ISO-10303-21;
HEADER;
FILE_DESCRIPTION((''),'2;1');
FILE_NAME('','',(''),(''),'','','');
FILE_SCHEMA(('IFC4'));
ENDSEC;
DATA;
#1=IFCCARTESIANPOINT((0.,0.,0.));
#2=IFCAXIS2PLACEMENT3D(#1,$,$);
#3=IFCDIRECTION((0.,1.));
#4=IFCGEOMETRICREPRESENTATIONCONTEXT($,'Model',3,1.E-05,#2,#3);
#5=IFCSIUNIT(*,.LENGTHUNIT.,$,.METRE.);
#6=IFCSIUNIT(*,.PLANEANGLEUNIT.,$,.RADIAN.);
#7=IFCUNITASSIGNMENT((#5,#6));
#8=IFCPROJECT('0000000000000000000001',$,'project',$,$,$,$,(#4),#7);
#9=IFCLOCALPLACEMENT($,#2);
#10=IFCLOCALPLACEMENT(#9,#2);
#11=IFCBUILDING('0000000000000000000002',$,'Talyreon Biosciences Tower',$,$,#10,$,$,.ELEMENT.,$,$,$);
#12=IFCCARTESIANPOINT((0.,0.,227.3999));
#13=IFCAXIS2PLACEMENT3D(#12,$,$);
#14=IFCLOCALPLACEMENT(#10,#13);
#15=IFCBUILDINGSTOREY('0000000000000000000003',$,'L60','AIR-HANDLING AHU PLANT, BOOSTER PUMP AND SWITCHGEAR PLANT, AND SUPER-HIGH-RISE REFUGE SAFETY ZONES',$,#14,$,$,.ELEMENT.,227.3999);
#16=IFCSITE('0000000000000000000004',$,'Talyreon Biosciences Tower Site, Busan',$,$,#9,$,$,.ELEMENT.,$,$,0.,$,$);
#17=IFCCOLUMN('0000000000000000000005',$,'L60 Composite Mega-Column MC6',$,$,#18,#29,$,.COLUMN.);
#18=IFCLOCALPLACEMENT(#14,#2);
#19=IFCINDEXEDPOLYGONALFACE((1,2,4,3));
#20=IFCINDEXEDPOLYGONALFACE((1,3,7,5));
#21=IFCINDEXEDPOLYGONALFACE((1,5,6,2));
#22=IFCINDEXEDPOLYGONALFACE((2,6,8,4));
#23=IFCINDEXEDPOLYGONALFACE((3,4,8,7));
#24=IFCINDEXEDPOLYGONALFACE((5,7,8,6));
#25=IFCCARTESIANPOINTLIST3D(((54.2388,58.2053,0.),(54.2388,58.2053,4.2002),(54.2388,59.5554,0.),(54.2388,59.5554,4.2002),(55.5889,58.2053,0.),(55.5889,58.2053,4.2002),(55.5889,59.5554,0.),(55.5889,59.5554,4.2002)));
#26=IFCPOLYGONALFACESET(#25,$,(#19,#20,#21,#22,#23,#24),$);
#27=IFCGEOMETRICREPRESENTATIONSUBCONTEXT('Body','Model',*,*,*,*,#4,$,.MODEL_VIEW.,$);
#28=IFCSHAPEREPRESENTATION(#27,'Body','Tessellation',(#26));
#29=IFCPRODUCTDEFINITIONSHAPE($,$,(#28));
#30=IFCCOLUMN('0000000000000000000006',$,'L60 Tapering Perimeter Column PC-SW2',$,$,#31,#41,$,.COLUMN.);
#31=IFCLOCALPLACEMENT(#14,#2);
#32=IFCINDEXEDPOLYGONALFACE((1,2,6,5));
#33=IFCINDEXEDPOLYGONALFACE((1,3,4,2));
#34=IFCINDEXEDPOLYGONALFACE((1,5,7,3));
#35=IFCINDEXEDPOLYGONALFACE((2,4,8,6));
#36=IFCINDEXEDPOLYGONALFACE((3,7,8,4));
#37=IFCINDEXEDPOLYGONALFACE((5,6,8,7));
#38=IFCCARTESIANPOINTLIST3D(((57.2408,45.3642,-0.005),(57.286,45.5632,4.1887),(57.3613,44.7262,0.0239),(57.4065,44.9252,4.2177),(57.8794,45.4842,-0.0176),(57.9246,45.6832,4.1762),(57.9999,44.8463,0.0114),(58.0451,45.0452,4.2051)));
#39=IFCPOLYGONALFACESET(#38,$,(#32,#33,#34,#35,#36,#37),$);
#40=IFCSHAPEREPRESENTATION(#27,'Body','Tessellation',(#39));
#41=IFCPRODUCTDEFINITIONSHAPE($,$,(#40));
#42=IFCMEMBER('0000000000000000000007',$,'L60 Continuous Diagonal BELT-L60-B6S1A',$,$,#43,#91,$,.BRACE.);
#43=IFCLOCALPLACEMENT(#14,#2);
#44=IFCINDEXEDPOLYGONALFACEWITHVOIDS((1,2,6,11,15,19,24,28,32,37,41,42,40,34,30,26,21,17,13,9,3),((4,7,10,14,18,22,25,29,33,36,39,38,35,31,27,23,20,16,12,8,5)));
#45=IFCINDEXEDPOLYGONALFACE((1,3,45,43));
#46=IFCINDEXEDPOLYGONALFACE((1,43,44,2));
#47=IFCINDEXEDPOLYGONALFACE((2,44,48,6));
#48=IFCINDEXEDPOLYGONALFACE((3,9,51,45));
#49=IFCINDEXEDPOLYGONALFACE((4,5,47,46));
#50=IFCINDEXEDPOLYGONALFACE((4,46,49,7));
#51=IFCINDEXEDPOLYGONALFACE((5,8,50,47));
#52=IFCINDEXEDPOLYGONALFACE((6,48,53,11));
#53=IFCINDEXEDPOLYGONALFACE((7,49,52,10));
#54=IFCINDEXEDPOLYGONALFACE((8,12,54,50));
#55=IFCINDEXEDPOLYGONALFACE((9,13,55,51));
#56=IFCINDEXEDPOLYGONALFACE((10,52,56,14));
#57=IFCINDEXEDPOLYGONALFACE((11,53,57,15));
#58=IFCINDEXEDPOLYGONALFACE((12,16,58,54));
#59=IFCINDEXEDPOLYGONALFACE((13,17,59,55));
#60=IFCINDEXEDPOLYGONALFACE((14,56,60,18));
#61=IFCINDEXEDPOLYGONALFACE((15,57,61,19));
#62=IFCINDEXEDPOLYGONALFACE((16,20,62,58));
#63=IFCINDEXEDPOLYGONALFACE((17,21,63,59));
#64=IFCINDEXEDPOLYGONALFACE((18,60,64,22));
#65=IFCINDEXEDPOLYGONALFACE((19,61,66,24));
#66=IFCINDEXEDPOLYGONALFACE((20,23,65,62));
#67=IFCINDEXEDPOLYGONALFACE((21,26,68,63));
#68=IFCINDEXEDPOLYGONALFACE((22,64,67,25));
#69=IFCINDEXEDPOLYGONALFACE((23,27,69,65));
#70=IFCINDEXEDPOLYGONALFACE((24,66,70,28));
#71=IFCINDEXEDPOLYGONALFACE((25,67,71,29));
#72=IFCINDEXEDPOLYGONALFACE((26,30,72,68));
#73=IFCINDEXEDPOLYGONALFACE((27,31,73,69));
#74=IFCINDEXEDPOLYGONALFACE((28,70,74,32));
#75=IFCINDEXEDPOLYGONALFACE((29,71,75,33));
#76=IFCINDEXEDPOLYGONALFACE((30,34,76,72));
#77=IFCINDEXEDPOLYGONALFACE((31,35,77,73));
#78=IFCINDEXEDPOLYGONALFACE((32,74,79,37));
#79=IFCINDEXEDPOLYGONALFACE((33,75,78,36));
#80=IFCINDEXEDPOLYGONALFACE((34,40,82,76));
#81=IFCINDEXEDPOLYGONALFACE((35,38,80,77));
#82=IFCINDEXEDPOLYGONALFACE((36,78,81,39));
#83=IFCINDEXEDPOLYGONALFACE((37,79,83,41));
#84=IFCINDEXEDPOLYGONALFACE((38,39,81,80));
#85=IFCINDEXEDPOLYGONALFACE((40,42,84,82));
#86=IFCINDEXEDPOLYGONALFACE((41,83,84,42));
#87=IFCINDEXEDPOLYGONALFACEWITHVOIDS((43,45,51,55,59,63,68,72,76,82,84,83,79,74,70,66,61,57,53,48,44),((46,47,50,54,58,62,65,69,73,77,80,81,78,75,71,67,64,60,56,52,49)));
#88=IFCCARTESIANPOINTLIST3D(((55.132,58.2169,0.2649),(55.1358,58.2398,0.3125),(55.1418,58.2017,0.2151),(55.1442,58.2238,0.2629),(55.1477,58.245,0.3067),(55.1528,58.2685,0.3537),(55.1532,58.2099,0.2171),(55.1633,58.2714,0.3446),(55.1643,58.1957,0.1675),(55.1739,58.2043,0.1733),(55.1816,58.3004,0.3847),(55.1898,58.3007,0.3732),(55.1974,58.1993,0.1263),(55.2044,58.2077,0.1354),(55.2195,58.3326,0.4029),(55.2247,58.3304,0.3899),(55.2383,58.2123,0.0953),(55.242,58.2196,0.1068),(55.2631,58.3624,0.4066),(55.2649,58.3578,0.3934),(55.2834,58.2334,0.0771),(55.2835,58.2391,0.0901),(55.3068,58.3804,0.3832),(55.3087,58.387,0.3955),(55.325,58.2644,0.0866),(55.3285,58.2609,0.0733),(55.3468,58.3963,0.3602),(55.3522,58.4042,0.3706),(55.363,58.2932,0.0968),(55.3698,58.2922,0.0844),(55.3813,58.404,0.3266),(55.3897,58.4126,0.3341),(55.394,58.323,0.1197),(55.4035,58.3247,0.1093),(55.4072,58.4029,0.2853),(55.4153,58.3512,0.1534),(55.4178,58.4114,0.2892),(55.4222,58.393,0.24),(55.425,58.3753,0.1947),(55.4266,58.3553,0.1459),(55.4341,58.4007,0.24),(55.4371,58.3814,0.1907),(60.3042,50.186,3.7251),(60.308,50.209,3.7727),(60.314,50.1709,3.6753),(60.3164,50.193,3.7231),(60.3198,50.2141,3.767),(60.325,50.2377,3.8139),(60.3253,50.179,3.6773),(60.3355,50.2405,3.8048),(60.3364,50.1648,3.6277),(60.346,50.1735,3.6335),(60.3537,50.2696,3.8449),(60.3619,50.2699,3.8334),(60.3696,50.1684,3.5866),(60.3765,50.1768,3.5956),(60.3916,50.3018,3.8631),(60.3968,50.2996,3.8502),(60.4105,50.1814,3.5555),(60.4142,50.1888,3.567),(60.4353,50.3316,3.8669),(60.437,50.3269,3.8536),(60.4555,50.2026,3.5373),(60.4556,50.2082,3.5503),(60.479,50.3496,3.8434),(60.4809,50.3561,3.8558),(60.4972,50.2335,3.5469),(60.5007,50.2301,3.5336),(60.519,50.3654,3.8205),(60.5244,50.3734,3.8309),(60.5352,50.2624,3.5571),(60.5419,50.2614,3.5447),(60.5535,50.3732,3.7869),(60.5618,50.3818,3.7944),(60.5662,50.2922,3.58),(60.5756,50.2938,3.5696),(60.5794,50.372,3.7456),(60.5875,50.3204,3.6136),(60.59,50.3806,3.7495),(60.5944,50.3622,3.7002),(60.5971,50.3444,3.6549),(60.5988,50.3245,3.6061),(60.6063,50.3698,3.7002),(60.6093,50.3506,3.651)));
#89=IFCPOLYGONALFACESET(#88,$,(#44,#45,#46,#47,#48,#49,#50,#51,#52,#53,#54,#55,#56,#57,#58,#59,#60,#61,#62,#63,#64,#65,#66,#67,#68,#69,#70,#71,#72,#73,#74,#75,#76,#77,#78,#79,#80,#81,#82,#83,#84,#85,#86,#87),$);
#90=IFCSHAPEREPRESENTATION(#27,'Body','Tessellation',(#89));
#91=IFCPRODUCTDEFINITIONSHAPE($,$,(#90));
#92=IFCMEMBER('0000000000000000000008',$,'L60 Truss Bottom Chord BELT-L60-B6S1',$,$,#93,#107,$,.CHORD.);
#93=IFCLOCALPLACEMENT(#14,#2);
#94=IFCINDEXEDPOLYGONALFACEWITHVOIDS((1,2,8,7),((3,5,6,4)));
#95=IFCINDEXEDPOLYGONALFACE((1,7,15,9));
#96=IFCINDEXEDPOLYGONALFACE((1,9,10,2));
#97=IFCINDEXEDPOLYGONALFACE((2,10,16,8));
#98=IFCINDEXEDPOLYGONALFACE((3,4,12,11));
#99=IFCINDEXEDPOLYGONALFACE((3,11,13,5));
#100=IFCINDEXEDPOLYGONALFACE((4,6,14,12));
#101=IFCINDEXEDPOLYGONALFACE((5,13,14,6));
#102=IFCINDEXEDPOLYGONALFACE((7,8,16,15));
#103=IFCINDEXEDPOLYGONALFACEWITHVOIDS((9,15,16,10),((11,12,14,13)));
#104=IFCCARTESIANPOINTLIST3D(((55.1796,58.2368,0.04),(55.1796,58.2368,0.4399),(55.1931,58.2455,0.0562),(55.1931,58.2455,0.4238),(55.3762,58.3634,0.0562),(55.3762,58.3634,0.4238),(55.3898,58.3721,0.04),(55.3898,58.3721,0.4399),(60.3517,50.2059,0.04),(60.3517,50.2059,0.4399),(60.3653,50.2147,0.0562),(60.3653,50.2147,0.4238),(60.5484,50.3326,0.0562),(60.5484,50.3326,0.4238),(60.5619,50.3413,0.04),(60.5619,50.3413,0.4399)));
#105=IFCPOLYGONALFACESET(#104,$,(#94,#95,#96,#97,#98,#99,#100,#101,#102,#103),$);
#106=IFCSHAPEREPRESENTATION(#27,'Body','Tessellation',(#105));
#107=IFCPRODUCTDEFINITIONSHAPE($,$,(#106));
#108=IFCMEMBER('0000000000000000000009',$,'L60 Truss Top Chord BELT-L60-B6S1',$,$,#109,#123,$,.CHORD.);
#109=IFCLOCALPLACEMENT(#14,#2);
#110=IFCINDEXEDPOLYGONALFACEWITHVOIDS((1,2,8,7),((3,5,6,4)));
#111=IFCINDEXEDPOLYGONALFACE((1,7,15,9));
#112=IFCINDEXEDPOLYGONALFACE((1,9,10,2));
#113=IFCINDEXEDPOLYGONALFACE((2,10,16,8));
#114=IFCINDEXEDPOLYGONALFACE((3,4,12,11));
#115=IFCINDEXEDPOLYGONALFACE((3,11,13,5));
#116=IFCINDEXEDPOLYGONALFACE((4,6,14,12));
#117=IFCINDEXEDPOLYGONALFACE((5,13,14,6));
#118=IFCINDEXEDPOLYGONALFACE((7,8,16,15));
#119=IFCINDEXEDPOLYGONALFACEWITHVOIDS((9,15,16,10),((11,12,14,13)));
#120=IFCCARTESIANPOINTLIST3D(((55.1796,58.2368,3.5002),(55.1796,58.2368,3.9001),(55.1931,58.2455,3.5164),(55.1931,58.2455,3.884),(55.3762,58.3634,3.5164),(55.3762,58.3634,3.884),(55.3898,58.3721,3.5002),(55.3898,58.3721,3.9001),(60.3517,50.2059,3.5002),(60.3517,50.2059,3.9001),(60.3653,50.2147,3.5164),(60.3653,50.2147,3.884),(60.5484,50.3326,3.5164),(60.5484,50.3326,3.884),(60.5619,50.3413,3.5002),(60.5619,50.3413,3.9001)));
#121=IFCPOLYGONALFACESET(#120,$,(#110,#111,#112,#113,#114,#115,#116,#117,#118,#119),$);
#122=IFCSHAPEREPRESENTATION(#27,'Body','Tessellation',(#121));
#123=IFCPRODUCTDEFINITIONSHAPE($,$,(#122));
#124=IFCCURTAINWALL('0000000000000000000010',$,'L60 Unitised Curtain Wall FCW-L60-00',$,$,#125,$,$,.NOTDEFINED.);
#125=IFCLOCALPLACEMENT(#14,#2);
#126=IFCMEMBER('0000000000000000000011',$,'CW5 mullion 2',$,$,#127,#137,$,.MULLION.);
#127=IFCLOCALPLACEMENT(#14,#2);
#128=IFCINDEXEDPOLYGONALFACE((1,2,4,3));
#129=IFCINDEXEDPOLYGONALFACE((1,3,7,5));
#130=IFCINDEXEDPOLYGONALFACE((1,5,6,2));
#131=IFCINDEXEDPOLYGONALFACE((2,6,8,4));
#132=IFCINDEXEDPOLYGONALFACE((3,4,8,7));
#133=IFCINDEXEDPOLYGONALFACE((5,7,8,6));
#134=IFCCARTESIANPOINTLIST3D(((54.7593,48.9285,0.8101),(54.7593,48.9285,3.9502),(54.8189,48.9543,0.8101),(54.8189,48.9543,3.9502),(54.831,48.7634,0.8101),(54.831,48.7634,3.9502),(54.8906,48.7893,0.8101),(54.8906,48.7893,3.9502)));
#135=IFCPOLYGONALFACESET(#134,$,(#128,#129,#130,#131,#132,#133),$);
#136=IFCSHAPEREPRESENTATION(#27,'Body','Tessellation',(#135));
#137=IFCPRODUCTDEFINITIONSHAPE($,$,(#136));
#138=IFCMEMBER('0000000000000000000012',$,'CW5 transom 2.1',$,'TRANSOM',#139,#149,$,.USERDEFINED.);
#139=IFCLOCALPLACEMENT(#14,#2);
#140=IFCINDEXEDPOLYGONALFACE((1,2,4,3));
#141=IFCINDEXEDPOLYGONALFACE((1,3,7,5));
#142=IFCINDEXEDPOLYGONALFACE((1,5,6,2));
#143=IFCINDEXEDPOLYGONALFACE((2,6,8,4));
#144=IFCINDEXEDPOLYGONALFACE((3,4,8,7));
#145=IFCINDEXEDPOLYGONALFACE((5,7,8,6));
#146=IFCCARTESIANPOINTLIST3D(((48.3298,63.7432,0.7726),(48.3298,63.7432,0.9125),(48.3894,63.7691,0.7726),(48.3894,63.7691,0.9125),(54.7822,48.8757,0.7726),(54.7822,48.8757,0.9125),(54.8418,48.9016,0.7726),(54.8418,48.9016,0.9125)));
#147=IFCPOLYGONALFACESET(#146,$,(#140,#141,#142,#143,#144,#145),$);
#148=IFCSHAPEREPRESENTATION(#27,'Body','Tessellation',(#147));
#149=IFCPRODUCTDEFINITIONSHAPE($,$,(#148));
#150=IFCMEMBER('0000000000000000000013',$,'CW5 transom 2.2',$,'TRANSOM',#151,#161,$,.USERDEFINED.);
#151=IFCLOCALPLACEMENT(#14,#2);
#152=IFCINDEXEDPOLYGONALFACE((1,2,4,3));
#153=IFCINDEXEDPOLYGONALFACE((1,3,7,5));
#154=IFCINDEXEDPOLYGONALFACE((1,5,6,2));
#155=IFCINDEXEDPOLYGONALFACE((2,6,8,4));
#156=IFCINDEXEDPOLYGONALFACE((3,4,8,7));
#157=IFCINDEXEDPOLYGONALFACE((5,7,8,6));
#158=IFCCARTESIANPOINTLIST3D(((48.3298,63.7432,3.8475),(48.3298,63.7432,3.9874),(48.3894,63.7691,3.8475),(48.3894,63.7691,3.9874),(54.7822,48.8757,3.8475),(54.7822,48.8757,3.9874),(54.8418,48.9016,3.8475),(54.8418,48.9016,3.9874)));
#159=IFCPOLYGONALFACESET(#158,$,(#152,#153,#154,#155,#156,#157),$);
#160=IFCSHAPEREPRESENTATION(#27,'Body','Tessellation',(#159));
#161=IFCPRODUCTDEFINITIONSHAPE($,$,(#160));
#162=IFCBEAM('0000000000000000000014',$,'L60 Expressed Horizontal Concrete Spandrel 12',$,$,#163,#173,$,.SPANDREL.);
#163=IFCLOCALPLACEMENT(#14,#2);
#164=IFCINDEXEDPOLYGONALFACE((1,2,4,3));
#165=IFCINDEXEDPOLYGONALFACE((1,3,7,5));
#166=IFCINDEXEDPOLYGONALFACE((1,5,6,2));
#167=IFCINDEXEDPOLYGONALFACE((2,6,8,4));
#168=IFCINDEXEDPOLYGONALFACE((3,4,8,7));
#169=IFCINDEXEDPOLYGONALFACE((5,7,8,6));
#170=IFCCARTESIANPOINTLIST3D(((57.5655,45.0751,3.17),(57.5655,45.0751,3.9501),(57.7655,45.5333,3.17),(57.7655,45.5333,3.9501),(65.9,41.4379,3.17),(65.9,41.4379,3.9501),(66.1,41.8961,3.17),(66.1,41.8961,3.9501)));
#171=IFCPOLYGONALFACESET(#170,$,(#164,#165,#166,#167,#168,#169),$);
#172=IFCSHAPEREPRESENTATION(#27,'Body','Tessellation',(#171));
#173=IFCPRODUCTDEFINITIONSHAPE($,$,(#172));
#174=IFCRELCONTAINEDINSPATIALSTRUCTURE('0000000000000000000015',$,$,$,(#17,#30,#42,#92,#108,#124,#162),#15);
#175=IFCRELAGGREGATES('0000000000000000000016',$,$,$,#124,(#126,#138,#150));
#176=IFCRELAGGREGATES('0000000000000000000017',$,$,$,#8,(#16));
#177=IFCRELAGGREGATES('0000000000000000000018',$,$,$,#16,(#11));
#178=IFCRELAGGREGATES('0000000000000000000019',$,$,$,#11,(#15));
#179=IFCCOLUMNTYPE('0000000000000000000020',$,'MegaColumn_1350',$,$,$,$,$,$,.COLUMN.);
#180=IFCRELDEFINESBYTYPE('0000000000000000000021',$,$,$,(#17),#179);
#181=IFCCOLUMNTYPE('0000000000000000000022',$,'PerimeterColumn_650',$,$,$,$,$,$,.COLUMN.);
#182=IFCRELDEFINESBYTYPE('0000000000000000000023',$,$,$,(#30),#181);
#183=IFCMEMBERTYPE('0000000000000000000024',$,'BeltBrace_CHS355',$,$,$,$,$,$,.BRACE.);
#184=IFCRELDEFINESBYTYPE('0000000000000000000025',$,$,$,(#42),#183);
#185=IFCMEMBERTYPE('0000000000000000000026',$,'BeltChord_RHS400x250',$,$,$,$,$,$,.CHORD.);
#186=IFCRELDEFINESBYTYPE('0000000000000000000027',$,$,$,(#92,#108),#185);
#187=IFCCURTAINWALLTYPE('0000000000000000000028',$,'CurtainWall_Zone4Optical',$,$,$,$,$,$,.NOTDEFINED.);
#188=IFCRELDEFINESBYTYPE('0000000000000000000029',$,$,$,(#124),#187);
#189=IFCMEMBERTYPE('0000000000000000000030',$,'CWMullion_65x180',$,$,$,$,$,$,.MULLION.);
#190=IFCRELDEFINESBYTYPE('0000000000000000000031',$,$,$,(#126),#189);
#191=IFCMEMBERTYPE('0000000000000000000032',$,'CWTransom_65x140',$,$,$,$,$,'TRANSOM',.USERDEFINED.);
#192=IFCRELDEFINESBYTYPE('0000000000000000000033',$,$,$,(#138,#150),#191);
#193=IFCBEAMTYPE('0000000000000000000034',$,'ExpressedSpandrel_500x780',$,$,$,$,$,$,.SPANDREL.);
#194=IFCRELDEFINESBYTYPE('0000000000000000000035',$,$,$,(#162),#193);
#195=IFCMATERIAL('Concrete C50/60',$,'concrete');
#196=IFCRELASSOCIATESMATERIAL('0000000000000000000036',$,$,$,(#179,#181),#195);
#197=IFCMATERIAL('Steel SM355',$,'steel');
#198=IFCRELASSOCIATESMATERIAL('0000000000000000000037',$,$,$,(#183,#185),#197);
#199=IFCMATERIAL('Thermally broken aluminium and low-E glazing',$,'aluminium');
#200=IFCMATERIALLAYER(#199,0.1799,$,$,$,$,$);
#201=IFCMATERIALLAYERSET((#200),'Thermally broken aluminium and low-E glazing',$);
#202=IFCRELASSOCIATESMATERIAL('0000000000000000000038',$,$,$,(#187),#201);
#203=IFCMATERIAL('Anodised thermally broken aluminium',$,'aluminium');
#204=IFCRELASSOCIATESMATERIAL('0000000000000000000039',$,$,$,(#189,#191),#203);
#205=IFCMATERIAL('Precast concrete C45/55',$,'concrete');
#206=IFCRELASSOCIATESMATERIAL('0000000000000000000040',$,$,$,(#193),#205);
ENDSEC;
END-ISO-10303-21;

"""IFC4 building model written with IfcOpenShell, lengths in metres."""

from ifc_helpers import new_model, si_unit, direction, frame, origin, origin_2d, place, context, subcontext, project, spatial, rectangle, hollow_rectangle, hollow_circle, extrude, material, layer, layer_set, material_profile, profile_set, type_object, element, aggregate, save


model = new_model("IFC4")

# Units and contexts
model_context = context("Model", 3, precision=1e-05, world=origin(), true_north=direction((0.0, 1.0)))
body_context = subcontext(model_context, "Body", "Model", "MODEL_VIEW")
ifc_project = project(units=[si_unit("LENGTHUNIT", "METRE"), si_unit("PLANEANGLEUNIT", "RADIAN")], contexts=[model_context])

# Site, building, storey
site_placement = place(None, origin())
site = spatial("IfcSite", under=ifc_project, at=site_placement, Name="Talyreon Biosciences Tower Site, Busan", CompositionType="ELEMENT", RefElevation=0.0)
building_placement = place(site_placement, origin())
building = spatial("IfcBuilding", under=site, at=building_placement, Name="Talyreon Biosciences Tower", CompositionType="ELEMENT")
storey_placement = place(building_placement, frame((0.0, 0.0, 227.3999)))
storey = spatial("IfcBuildingStorey", under=building, at=storey_placement, Name="L60", Description="AIR-HANDLING AHU PLANT, BOOSTER PUMP AND SWITCHGEAR PLANT, AND SUPER-HIGH-RISE REFUGE SAFETY ZONES", CompositionType="ELEMENT", Elevation=227.3999)

# Columns
ifc_material_1 = material(Name="Concrete C50/60", Category="concrete")
ifc_material_profile_1 = material_profile(ifc_material_1, rectangle(XDim=1.3501, YDim=1.3501, at=origin_2d()), Name="RC 1350x1350")
ifc_profile_set_1 = profile_set([ifc_material_profile_1], Name="Concrete C50/60")
column_type_1 = type_object("IfcColumnType", Name="MegaColumn_1350", PredefinedType="COLUMN", material=ifc_profile_set_1)
column_1_placement = place(storey_placement, frame((54.9138, 58.8804, 0.0), z_axis=(0.0, 0.0, 1.0), x_axis=(1.0, 0.0, 0.0)))
element("IfcColumn", 1, at=column_1_placement, inside=storey, type_object=column_type_1, Name="L60 Composite Mega-Column MC6", PredefinedType="COLUMN", context=body_context, shape_type="SweptSolid", body=[
    extrude(rectangle(XDim=1.3501, YDim=1.3501, at=origin_2d()), origin(), (0.0, 0.0, 1.0), 4.2002),
])
ifc_material_profile_2 = material_profile(ifc_material_1, rectangle(XDim=0.6499, YDim=0.6499, at=origin_2d()), Name="RC 650x650")
ifc_profile_set_2 = profile_set([ifc_material_profile_2], Name="Concrete C50/60")
column_type_2 = type_object("IfcColumnType", Name="PerimeterColumn_650", PredefinedType="COLUMN", material=ifc_profile_set_2)
column_2_placement = place(storey_placement, frame((57.6204, 45.1052, 0.0032), z_axis=(0.010757, 0.047388, 0.998819), x_axis=(-0.185408, 0.98165, -0.044577)))
element("IfcColumn", 2, at=column_2_placement, inside=storey, type_object=column_type_2, Name="L60 Tapering Perimeter Column PC-SW2", PredefinedType="COLUMN", context=body_context, shape_type="SweptSolid", body=[
    extrude(rectangle(XDim=0.6499, YDim=0.6499, at=origin_2d()), origin(), (0.0, 0.0, 1.0), 4.1987),
])

# Members
ifc_material_2 = material(Name="Steel SM355", Category="steel")
ifc_material_profile_3 = material_profile(ifc_material_2, hollow_circle(Radius=0.1777, WallThickness=0.0142, at=origin_2d()), Name="CHS 355.6x14.2")
ifc_profile_set_3 = profile_set([ifc_material_profile_3], Name="Steel SM355")
member_type_1 = type_object("IfcMemberType", Name="BeltBrace_CHS355", PredefinedType="BRACE", material=ifc_profile_set_3)
member_1_placement = place(storey_placement, frame((55.2847, 58.3044, 0.24), z_axis=(0.509088, -0.790462, 0.340586), x_axis=(0.840726, 0.54146, 0.0)))
element("IfcMember", 3, at=member_1_placement, inside=storey, type_object=member_type_1, Name="L60 Continuous Diagonal BELT-L60-B6S1A", PredefinedType="BRACE", context=body_context, shape_type="SweptSolid", body=[
    extrude(hollow_circle(Radius=0.1777, WallThickness=0.0142, at=origin_2d()), origin(), (0.0, 0.0, 1.0), 10.1597),
])
ifc_material_profile_4 = material_profile(ifc_material_2, hollow_rectangle(XDim=0.25, YDim=0.3999, WallThickness=0.0161, at=origin_2d()), Name="RHS 400x250x16")
ifc_profile_set_4 = profile_set([ifc_material_profile_4], Name="Steel SM355")
member_type_2 = type_object("IfcMemberType", Name="BeltChord_RHS400x250", PredefinedType="CHORD", material=ifc_profile_set_4)
for number, where, z_axis, x_axis, name in (
    (4, (55.2847, 58.3044, 0.24), (0.54146, -0.840726, 0.0), (0.840726, 0.54146, 0.0), "L60 Truss Bottom Chord BELT-L60-B6S1"),
    (5, (55.2847, 58.3044, 3.7002), (0.54146, -0.840726, 0.0), (0.840726, 0.54146, 0.0), "L60 Truss Top Chord BELT-L60-B6S1"),
):
    element("IfcMember", number, at=place(storey_placement, frame(where, z_axis=z_axis, x_axis=x_axis)), inside=storey, type_object=member_type_2, Name=name, PredefinedType="CHORD", context=body_context, shape_type="SweptSolid", body=[
        extrude(hollow_rectangle(XDim=0.25, YDim=0.3999, WallThickness=0.0161, at=origin_2d()), origin(), (0.0, 0.0, 1.0), 9.5522),
    ])

# Curtain wall, members
ifc_material_3 = material(Name="Thermally broken aluminium and low-E glazing", Category="aluminium")
ifc_layer_1 = layer(ifc_material_3, 0.1799)
ifc_layer_set_1 = layer_set([ifc_layer_1], Name="Thermally broken aluminium and low-E glazing")
curtain_wall_type = type_object("IfcCurtainWallType", Name="CurtainWall_Zone4Optical", PredefinedType="NOTDEFINED", material=ifc_layer_set_1)
curtain_wall_placement = place(storey_placement, origin())
curtain_wall = element("IfcCurtainWall", 6, at=curtain_wall_placement, inside=storey, type_object=curtain_wall_type, Name="L60 Unitised Curtain Wall FCW-L60-00", PredefinedType="NOTDEFINED")
ifc_material_4 = material(Name="Anodised thermally broken aluminium", Category="aluminium")
ifc_material_profile_5 = material_profile(ifc_material_4, rectangle(XDim=0.0649, YDim=0.1799, at=origin_2d()), Name="ALUM MULLION 65x180")
ifc_profile_set_5 = profile_set([ifc_material_profile_5], Name="Anodised thermally broken aluminium")
member_type_3 = type_object("IfcMemberType", Name="CWMullion_65x180", PredefinedType="MULLION", material=ifc_profile_set_5)
member_2_placement = place(storey_placement, frame((54.825, 48.8589, 0.8101), z_axis=(0.0, 0.0, 1.0), x_axis=(-0.917337, -0.398112, 0.0)))
member_2 = element("IfcMember", 7, at=member_2_placement, type_object=member_type_3, Name="CW5 mullion 2", PredefinedType="MULLION", context=body_context, shape_type="SweptSolid", body=[
    extrude(rectangle(XDim=0.0649, YDim=0.1799, at=origin_2d()), origin(), (0.0, 0.0, 1.0), 3.1401),
])
ifc_material_profile_6 = material_profile(ifc_material_4, rectangle(XDim=0.0649, YDim=0.1399, at=origin_2d()), Name="ALUM TRANSOM 65x140")
ifc_profile_set_6 = profile_set([ifc_material_profile_6], Name="Anodised thermally broken aluminium")
member_type_4 = type_object("IfcMemberType", Name="CWTransom_65x140", ElementType="TRANSOM", PredefinedType="USERDEFINED", material=ifc_profile_set_6)
member_3_placement = place(storey_placement, frame((54.812, 48.8887, 0.8425), z_axis=(-0.398118, 0.917334, 0.0), x_axis=(-0.917334, -0.398118, 0.0)))
member_3 = element("IfcMember", 8, at=member_3_placement, type_object=member_type_4, Name="CW5 transom 2.1", ObjectType="TRANSOM", PredefinedType="USERDEFINED", context=body_context, shape_type="SweptSolid", body=[
    extrude(rectangle(XDim=0.0649, YDim=0.1399, at=origin_2d()), origin(), (0.0, 0.0, 1.0), 16.2073),
])
member_4_placement = place(storey_placement, frame((54.812, 48.8887, 3.9175), z_axis=(-0.398118, 0.917334, 0.0), x_axis=(-0.917334, -0.398118, 0.0)))
member_4 = element("IfcMember", 9, at=member_4_placement, type_object=member_type_4, Name="CW5 transom 2.2", ObjectType="TRANSOM", PredefinedType="USERDEFINED", context=body_context, shape_type="SweptSolid", body=[
    extrude(rectangle(XDim=0.0649, YDim=0.1399, at=origin_2d()), origin(), (0.0, 0.0, 1.0), 16.2073),
])

# Beam
ifc_material_5 = material(Name="Precast concrete C45/55", Category="concrete")
ifc_material_profile_7 = material_profile(ifc_material_5, rectangle(XDim=0.5, YDim=0.78, at=origin_2d()), Name="RCB 500x780")
ifc_profile_set_7 = profile_set([ifc_material_profile_7], Name="Precast concrete C45/55")
beam_type_1 = type_object("IfcBeamType", Name="ExpressedSpandrel_500x780", PredefinedType="SPANDREL", material=ifc_profile_set_7)
beam_1_placement = place(storey_placement, frame((57.6655, 45.3042, 3.5601), z_axis=(0.916525, -0.399976, 0.0), x_axis=(0.399976, 0.916525, 0.0)))
element("IfcBeam", 10, at=beam_1_placement, inside=storey, type_object=beam_type_1, Name="L60 Expressed Horizontal Concrete Spandrel 12", PredefinedType="SPANDREL", context=body_context, shape_type="SweptSolid", body=[
    extrude(rectangle(XDim=0.5, YDim=0.78, at=origin_2d()), origin(), (0.0, 0.0, 1.0), 9.0935),
])

aggregate(curtain_wall, [member_2, member_3, member_4])

save(model, "model.ifc")
